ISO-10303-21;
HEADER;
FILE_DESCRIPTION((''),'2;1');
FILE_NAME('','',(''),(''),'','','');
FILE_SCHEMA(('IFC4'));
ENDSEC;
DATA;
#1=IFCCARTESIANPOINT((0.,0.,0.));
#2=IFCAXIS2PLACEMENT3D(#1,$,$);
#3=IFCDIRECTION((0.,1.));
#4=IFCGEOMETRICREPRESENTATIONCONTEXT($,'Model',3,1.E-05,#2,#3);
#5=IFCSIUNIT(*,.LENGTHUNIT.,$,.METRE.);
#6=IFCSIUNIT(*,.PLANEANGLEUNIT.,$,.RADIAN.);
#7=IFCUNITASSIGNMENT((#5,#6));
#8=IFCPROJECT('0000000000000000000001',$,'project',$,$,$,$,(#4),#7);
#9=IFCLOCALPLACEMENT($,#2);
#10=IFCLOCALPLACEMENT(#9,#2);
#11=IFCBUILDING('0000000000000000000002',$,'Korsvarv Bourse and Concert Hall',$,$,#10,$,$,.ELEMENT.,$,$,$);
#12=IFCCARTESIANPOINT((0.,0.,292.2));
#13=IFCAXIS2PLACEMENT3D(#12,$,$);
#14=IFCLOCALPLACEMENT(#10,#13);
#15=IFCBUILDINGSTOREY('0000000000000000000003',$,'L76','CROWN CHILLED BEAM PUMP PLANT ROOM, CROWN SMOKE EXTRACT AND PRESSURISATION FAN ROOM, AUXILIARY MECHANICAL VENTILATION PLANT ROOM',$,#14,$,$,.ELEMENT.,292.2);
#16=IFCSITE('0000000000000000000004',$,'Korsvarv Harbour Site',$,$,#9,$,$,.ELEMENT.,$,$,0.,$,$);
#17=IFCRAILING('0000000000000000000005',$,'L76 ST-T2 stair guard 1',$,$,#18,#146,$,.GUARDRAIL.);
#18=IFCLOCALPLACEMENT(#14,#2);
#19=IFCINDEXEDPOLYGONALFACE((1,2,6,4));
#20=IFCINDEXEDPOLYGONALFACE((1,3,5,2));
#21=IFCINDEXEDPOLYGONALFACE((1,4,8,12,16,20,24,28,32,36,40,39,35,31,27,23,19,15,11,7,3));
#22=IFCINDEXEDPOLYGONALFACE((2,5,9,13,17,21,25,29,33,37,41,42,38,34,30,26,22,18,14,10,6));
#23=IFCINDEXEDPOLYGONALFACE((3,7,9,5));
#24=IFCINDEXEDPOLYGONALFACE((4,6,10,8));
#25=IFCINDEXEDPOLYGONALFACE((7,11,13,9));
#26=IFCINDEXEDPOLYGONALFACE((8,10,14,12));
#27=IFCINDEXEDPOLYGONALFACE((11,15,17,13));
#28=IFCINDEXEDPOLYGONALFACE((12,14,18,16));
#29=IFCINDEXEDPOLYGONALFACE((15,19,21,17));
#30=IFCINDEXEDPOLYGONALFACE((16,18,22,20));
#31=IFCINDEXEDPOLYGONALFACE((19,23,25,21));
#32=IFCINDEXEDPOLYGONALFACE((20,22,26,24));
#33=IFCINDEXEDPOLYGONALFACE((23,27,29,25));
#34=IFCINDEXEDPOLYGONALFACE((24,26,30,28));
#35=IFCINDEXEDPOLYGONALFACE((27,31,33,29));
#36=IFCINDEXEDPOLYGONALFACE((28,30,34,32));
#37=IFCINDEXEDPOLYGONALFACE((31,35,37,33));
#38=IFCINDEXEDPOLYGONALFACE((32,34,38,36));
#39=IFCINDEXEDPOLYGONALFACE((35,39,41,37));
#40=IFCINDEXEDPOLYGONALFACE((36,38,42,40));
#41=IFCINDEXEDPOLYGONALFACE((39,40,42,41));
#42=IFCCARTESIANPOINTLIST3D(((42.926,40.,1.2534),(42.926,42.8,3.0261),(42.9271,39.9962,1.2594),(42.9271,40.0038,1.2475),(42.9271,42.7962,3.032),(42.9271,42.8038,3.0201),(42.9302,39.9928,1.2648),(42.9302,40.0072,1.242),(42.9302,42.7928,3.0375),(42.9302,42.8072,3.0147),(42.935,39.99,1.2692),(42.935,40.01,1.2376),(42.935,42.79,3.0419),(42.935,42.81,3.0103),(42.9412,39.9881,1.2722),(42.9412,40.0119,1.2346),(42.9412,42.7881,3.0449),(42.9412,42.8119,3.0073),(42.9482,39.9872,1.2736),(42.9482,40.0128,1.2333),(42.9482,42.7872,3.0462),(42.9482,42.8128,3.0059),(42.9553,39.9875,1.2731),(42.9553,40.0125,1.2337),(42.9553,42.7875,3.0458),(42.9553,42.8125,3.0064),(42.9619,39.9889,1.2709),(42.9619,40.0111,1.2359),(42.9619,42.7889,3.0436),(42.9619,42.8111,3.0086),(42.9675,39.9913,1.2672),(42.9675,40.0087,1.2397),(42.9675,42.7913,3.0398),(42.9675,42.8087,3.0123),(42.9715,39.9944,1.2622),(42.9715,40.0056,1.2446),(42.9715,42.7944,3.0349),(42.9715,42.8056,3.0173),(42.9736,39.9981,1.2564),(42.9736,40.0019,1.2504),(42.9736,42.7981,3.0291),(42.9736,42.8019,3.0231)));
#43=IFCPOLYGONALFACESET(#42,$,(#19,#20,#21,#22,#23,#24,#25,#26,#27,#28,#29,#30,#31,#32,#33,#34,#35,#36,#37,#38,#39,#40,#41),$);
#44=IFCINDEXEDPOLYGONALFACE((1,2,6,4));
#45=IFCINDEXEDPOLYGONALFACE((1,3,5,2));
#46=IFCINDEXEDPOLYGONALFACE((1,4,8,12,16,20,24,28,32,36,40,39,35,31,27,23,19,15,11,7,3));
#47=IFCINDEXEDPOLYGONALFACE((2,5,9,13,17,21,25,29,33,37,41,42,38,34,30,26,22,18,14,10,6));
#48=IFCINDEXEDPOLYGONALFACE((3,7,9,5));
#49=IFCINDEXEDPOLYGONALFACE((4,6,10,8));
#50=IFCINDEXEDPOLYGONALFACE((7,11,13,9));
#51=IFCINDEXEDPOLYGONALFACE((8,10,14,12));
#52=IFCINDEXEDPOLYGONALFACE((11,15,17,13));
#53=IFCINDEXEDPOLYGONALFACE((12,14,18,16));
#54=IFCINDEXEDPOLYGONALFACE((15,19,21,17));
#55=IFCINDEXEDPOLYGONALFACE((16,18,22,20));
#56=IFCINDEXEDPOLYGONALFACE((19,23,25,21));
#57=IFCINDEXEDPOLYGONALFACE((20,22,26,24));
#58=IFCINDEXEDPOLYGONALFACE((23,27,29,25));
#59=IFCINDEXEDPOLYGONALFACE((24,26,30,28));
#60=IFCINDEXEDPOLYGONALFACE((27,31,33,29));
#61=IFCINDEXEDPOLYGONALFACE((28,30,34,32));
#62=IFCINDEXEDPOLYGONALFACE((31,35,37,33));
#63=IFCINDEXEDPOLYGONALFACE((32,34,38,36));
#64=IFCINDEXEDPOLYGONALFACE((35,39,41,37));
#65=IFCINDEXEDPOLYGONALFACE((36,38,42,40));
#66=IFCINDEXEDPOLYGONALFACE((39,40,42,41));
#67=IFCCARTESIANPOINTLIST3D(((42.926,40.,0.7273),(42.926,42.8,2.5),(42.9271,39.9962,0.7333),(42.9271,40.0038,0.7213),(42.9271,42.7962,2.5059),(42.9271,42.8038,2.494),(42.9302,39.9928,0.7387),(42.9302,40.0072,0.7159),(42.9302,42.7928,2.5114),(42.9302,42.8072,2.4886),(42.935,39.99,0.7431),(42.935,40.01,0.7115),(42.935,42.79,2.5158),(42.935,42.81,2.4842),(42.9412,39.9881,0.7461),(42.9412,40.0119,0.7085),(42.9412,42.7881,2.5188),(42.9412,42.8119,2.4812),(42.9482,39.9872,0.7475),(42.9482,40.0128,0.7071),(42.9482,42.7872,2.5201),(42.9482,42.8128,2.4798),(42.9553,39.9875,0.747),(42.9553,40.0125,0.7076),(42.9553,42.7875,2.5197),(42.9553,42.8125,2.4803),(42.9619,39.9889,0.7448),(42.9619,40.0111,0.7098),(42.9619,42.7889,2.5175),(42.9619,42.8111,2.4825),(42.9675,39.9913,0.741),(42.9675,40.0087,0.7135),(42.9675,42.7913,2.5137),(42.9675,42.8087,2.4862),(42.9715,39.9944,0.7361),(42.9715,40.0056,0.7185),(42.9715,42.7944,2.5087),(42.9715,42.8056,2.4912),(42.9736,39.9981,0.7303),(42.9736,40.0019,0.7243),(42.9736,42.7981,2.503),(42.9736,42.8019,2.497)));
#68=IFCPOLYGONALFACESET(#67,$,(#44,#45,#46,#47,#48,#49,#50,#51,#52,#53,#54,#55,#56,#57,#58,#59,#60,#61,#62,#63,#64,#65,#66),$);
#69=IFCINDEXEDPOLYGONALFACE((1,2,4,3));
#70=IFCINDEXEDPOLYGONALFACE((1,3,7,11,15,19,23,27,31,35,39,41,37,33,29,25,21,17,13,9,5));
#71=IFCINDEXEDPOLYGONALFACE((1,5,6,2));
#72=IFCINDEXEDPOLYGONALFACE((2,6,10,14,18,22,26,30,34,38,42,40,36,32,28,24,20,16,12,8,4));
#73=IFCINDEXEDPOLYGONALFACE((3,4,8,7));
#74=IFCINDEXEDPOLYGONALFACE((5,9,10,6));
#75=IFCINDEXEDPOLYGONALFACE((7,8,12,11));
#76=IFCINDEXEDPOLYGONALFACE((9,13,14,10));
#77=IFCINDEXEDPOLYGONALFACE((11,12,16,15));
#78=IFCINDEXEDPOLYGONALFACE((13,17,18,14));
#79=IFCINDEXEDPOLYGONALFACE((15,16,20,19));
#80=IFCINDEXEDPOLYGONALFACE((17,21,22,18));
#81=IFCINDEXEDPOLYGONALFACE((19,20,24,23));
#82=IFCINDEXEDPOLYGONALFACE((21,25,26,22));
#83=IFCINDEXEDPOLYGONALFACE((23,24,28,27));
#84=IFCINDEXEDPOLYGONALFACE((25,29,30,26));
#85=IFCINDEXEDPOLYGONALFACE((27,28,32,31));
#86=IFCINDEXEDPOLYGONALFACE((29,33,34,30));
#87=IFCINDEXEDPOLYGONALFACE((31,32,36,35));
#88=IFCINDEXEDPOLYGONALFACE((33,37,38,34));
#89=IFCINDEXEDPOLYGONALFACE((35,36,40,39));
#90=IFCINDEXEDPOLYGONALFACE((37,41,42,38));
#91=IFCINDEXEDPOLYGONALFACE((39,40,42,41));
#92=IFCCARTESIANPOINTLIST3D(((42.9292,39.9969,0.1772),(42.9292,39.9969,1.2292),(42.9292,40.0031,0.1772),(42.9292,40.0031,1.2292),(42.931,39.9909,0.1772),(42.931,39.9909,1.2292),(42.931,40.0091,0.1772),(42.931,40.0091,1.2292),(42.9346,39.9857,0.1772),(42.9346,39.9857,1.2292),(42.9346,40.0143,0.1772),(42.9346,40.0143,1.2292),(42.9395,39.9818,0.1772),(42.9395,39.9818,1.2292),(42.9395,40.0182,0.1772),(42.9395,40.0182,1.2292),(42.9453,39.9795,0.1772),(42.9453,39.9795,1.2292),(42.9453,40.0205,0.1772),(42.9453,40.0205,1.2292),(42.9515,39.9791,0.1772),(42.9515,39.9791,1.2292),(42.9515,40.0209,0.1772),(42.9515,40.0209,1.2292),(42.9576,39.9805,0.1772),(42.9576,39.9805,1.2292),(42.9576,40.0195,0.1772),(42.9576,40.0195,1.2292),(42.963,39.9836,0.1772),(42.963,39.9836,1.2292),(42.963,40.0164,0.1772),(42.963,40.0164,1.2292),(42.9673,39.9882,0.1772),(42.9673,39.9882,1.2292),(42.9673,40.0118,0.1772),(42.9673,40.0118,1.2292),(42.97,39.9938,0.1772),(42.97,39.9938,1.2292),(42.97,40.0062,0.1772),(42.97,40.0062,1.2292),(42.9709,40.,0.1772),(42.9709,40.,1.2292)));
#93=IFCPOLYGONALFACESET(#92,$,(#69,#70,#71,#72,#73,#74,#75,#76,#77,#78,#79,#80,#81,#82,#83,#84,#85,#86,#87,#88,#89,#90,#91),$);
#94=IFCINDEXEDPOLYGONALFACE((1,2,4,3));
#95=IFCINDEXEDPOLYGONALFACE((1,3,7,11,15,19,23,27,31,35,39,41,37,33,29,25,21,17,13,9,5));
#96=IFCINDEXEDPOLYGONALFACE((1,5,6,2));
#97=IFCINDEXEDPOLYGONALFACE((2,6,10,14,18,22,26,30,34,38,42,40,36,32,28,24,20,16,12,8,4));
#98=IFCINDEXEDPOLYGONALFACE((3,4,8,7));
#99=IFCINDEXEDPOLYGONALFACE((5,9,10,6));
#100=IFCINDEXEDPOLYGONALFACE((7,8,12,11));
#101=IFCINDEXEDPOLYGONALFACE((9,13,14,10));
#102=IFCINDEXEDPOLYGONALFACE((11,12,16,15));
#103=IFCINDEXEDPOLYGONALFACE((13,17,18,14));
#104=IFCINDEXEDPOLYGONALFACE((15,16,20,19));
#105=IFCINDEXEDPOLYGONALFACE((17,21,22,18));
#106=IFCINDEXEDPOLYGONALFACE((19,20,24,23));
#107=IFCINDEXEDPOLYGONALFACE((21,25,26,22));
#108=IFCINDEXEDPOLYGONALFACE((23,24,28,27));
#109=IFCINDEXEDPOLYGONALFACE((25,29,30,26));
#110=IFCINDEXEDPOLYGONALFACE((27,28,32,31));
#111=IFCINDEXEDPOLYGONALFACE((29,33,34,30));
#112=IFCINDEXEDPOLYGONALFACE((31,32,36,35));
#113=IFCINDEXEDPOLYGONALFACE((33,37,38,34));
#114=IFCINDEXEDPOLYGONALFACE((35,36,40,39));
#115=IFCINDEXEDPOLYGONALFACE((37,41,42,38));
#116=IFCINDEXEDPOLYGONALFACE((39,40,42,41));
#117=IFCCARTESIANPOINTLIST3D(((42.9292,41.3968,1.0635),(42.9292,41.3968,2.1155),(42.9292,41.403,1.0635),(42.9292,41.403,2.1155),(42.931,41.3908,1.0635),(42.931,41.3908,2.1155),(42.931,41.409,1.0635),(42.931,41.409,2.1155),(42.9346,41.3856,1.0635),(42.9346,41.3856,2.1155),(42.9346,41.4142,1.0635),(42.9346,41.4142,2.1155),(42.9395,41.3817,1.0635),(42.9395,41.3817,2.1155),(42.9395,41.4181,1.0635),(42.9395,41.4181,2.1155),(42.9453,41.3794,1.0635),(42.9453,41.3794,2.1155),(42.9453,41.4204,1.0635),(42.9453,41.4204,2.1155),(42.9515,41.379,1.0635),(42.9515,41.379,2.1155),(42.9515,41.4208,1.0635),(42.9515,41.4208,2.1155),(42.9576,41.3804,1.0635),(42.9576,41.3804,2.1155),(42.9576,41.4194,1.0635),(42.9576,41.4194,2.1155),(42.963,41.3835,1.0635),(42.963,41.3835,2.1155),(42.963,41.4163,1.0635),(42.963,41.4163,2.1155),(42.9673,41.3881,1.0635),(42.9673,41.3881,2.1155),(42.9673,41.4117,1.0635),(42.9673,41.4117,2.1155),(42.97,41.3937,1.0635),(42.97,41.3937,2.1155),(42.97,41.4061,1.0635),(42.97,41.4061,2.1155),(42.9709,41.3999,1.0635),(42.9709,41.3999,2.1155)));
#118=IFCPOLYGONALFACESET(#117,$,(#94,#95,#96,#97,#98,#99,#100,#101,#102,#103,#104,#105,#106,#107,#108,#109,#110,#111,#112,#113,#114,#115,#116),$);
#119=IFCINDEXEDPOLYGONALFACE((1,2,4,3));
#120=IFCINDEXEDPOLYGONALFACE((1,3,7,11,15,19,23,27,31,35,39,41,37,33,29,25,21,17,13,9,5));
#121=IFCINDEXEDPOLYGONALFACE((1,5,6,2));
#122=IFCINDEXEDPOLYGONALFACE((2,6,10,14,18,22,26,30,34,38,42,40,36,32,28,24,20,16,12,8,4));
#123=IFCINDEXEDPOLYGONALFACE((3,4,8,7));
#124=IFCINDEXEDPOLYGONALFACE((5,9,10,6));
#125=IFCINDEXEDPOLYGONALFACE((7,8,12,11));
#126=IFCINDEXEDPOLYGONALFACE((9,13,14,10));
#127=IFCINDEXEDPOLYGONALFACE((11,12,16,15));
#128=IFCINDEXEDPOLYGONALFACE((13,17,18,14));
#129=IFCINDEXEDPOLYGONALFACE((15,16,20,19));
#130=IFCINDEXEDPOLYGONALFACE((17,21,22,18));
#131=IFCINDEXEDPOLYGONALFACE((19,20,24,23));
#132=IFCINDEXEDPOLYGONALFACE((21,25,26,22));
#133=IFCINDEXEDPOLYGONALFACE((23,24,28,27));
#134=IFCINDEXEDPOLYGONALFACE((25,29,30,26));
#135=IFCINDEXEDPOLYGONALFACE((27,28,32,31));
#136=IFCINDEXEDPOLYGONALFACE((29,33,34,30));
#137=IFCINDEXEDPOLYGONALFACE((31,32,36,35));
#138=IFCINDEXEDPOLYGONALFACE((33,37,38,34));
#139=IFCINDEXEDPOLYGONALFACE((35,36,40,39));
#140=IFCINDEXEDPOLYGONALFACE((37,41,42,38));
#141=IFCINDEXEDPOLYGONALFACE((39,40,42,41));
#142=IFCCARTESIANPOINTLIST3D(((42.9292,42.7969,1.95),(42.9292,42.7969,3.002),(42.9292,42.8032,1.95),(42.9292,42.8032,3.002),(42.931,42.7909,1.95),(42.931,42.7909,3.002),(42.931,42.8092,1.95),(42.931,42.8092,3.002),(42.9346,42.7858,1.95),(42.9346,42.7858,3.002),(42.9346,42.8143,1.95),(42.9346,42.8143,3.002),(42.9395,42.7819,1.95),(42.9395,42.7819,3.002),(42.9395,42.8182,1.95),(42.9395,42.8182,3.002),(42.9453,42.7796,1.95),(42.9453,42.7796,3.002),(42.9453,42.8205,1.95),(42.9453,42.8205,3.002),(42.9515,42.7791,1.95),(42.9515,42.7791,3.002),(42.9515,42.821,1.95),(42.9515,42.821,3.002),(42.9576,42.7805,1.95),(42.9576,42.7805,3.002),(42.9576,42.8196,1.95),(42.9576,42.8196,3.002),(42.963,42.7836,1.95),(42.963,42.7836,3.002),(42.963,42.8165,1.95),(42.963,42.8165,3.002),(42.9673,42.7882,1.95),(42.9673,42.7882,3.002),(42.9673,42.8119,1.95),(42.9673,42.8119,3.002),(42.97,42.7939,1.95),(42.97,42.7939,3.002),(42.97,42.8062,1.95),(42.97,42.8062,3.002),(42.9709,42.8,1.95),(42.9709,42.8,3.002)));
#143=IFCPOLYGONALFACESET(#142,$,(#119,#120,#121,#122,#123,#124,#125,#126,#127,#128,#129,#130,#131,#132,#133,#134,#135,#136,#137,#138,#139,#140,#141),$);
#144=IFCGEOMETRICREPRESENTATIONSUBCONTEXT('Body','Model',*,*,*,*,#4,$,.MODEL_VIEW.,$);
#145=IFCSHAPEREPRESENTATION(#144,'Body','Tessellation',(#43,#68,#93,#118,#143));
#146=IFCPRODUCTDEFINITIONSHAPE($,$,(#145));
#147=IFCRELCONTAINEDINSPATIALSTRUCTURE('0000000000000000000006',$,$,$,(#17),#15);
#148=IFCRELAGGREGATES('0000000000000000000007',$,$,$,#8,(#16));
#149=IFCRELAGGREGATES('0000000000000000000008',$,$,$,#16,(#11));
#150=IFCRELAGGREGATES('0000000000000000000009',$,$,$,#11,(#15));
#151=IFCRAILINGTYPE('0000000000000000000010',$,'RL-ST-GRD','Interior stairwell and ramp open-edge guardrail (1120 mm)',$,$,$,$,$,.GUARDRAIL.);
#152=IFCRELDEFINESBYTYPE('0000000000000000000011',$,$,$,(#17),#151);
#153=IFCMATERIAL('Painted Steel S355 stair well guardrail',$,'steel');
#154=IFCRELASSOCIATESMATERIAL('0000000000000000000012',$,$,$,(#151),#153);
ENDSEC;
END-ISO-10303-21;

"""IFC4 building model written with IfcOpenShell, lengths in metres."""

from ifc_helpers import new_model, si_unit, direction, frame, origin, origin_2d, place, context, subcontext, project, spatial, circle, extrude, material, type_object, element, save


model = new_model("IFC4")

# Units and contexts
model_context = context("Model", 3, precision=1e-05, world=origin(), true_north=direction((0.0, 1.0)))
body_context = subcontext(model_context, "Body", "Model", "MODEL_VIEW")
ifc_project = project(units=[si_unit("LENGTHUNIT", "METRE"), si_unit("PLANEANGLEUNIT", "RADIAN")], contexts=[model_context])

# Site, building, storey
site_placement = place(None, origin())
site = spatial("IfcSite", under=ifc_project, at=site_placement, Name="Korsvarv Harbour Site", CompositionType="ELEMENT", RefElevation=0.0)
building_placement = place(site_placement, origin())
building = spatial("IfcBuilding", under=site, at=building_placement, Name="Korsvarv Bourse and Concert Hall", CompositionType="ELEMENT")
storey_placement = place(building_placement, frame((0.0, 0.0, 292.2)))
storey = spatial("IfcBuildingStorey", under=building, at=storey_placement, Name="L76", Description="CROWN CHILLED BEAM PUMP PLANT ROOM, CROWN SMOKE EXTRACT AND PRESSURISATION FAN ROOM, AUXILIARY MECHANICAL VENTILATION PLANT ROOM", CompositionType="ELEMENT", Elevation=292.2)

# Railing
ifc_material_1 = material(Name="Painted Steel S355 stair well guardrail", Category="steel")
railing_type_1 = type_object("IfcRailingType", Name="RL-ST-GRD", Description="Interior stairwell and ramp open-edge guardrail (1120 mm)", PredefinedType="GUARDRAIL", material=ifc_material_1)
railing_1_placement = place(storey_placement, frame((42.95, 40.0, 0.1772)))
element("IfcRailing", 1, at=railing_1_placement, inside=storey, type_object=railing_type_1, Name="L76 ST-T2 stair guard 1", PredefinedType="GUARDRAIL", context=body_context, shape_type="SweptSolid", body=[
    extrude(circle(Radius=0.0239, at=origin_2d()), frame((0.0, 0.0, 1.0762), z_axis=(0.0, 0.844909, 0.53491), x_axis=(-1.0, 0.0, 0.0)), (0.0, 0.0, 1.0), 3.314),
    extrude(circle(Radius=0.0239, at=origin_2d()), frame((0.0, 0.0, 0.55), z_axis=(0.0, 0.844909, 0.53491), x_axis=(-1.0, 0.0, 0.0)), (0.0, 0.0, 1.0), 3.314),
    extrude(circle(Radius=0.021, at=origin_2d()), origin(), (0.0, 0.0, 1.0), 1.052),
    extrude(circle(Radius=0.021, at=origin_2d()), frame((0.0, 1.3999, 0.8862)), (0.0, 0.0, 1.0), 1.052),
    extrude(circle(Radius=0.021, at=origin_2d()), frame((0.0, 2.8, 1.7727)), (0.0, 0.0, 1.0), 1.052),
])

save(model, "model.ifc")
